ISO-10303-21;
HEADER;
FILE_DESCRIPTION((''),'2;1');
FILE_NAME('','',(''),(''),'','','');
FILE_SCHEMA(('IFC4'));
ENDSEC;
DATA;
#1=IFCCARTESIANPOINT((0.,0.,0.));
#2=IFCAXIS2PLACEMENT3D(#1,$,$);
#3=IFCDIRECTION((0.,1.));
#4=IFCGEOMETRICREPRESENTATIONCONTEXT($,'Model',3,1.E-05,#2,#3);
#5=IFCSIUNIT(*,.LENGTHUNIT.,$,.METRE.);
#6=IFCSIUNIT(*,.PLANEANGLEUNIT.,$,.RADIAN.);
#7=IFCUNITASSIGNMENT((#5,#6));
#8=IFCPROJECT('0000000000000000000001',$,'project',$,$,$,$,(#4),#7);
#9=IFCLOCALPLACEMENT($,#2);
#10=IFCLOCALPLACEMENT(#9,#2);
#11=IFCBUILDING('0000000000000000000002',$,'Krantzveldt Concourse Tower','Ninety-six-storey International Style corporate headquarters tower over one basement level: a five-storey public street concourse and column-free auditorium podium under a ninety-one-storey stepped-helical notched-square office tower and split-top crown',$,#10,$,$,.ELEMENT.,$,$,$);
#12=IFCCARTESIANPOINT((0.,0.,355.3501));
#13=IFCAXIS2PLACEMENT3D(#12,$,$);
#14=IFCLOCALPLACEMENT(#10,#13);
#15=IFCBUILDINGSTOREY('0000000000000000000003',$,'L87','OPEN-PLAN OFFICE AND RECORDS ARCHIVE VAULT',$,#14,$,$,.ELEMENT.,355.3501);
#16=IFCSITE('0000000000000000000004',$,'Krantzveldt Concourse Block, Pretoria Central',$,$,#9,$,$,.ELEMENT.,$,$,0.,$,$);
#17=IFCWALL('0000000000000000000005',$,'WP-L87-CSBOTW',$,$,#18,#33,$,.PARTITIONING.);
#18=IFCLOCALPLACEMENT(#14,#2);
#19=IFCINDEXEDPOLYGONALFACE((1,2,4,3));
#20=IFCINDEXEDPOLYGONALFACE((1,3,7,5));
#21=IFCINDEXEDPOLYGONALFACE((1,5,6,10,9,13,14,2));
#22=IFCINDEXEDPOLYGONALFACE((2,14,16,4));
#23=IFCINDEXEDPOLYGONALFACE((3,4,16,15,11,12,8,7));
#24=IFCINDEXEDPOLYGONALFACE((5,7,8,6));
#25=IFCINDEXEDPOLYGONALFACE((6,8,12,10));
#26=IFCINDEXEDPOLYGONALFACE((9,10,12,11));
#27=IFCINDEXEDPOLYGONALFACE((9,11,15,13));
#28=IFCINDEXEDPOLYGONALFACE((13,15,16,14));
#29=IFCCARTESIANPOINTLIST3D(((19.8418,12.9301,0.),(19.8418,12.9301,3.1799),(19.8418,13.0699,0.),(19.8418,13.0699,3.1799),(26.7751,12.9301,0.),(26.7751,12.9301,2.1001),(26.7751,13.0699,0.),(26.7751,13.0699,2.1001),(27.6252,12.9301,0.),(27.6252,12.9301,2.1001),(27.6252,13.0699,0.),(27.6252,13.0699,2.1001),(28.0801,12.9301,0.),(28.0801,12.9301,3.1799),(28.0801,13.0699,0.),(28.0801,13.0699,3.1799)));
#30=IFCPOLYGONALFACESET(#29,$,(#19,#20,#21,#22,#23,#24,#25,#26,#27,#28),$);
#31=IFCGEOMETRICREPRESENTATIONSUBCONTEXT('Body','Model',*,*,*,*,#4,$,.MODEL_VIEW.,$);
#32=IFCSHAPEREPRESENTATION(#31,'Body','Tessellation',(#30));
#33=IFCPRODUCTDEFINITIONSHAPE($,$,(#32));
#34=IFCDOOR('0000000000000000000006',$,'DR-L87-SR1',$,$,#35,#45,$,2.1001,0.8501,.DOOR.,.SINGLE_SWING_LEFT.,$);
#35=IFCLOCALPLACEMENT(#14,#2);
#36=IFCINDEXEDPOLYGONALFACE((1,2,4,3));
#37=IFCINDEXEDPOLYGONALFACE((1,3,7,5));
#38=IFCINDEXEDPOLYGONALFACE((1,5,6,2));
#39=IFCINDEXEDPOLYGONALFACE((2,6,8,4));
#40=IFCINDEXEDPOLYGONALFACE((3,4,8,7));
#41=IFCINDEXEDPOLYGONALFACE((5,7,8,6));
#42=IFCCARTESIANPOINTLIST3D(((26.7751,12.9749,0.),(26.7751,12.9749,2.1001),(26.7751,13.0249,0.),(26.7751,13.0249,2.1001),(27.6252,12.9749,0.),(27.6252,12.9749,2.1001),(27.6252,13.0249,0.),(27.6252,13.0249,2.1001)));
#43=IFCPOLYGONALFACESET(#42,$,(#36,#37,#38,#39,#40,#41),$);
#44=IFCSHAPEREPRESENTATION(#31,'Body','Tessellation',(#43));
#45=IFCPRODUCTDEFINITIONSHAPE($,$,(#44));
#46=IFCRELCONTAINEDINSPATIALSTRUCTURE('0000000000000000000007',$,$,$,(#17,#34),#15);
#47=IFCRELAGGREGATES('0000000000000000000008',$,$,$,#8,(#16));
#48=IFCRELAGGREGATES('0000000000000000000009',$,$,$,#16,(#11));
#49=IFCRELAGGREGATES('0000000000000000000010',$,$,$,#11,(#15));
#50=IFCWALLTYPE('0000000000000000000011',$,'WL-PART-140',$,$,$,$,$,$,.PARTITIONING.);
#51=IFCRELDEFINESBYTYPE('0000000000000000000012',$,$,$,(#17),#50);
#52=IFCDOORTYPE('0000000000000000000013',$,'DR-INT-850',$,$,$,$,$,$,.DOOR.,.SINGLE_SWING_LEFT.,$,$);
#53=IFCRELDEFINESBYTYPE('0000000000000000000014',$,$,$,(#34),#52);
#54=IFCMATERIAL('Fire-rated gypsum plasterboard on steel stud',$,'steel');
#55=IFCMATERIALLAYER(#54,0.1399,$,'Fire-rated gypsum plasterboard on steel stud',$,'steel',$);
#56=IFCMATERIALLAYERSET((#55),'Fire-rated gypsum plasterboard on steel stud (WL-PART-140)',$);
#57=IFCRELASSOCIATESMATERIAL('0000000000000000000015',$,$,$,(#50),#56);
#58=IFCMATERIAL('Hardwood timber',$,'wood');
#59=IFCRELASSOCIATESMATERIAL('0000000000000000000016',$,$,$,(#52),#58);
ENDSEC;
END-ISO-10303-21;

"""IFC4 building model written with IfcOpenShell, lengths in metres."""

from ifc_helpers import new_model, si_unit, direction, frame, frame_2d, origin, place, context, subcontext, project, spatial, rectangle, extrude, material, layer, layer_set, type_object, element, fill, save


model = new_model("IFC4")

# Units and contexts
model_context = context("Model", 3, precision=1e-05, world=origin(), true_north=direction((0.0, 1.0)))
body_context = subcontext(model_context, "Body", "Model", "MODEL_VIEW")
ifc_project = project(units=[si_unit("LENGTHUNIT", "METRE"), si_unit("PLANEANGLEUNIT", "RADIAN")], contexts=[model_context])

# Site, building, storey
site_placement = place(None, origin())
site = spatial("IfcSite", under=ifc_project, at=site_placement, Name="Krantzveldt Concourse Block, Pretoria Central", CompositionType="ELEMENT", RefElevation=0.0)
building_placement = place(site_placement, origin())
building = spatial("IfcBuilding", under=site, at=building_placement, Name="Krantzveldt Concourse Tower", Description="Ninety-six-storey International Style corporate headquarters tower over one basement level: a five-storey public street concourse and column-free auditorium podium under a ninety-one-storey stepped-helical notched-square office tower and split-top crown", CompositionType="ELEMENT")
storey_placement = place(building_placement, frame((0.0, 0.0, 355.3501)))
storey = spatial("IfcBuildingStorey", under=building, at=storey_placement, Name="L87", Description="OPEN-PLAN OFFICE AND RECORDS ARCHIVE VAULT", CompositionType="ELEMENT", Elevation=355.3501)

# Shared definitions
ifc_material_1 = material(Name="Fire-rated gypsum plasterboard on steel stud", Category="steel")

# Wall, opening, door
ifc_layer_1 = layer(ifc_material_1, 0.1399, Name="Fire-rated gypsum plasterboard on steel stud", Category="steel")
ifc_layer_set_1 = layer_set([ifc_layer_1], Name="Fire-rated gypsum plasterboard on steel stud (WL-PART-140)")
wall_type_1 = type_object("IfcWallType", Name="WL-PART-140", PredefinedType="PARTITIONING", material=ifc_layer_set_1)
wall_1_placement = place(storey_placement, frame((19.8418, 13.0, 0.0), z_axis=(0.0, 0.0, 1.0), x_axis=(1.0, 0.0, 0.0)))
wall_1 = element("IfcWall", 1, at=wall_1_placement, inside=storey, type_object=wall_type_1, Name="WP-L87-CSBOTW", PredefinedType="PARTITIONING", context=body_context, shape_type="SweptSolid", body=[
    extrude(rectangle(XDim=8.2383, YDim=0.1399, at=frame_2d((4.1191, 0.0))), origin(), (0.0, 0.0, 1.0), 3.1799),
])
opening_placement = place(wall_1_placement, frame((6.9333, 0.0, 0.0)))
opening = element("IfcOpeningElement", 2, at=opening_placement, cuts=wall_1, PredefinedType="OPENING", context=body_context, shape_type="SweptSolid", body=[
    extrude(rectangle(XDim=0.8501, YDim=2.1001, at=frame_2d((0.425, 1.05))), frame((0.0, 0.0801, 0.0), z_axis=(0.0, -1.0, 0.0), x_axis=(1.0, 0.0, 0.0)), (0.0, 0.0, 1.0), 0.1599),
])
ifc_material_2 = material(Name="Hardwood timber", Category="wood")
door_type = type_object("IfcDoorType", Name="DR-INT-850", OperationType="SINGLE_SWING_LEFT", PredefinedType="DOOR", material=ifc_material_2)
door_placement = place(opening_placement, origin())
door = element("IfcDoor", 3, at=door_placement, inside=storey, type_object=door_type, Name="DR-L87-SR1", OperationType="SINGLE_SWING_LEFT", OverallHeight=2.1001, OverallWidth=0.8501, PredefinedType="DOOR", context=body_context, shape_type="SweptSolid", body=[
    extrude(rectangle(XDim=0.8501, YDim=2.1001, at=frame_2d((0.425, 1.05))), frame((0.0, 0.0249, 0.0), z_axis=(0.0, -1.0, 0.0), x_axis=(1.0, 0.0, 0.0)), (0.0, 0.0, 1.0), 0.05),
])
fill(opening, door)

save(model, "model.ifc")
